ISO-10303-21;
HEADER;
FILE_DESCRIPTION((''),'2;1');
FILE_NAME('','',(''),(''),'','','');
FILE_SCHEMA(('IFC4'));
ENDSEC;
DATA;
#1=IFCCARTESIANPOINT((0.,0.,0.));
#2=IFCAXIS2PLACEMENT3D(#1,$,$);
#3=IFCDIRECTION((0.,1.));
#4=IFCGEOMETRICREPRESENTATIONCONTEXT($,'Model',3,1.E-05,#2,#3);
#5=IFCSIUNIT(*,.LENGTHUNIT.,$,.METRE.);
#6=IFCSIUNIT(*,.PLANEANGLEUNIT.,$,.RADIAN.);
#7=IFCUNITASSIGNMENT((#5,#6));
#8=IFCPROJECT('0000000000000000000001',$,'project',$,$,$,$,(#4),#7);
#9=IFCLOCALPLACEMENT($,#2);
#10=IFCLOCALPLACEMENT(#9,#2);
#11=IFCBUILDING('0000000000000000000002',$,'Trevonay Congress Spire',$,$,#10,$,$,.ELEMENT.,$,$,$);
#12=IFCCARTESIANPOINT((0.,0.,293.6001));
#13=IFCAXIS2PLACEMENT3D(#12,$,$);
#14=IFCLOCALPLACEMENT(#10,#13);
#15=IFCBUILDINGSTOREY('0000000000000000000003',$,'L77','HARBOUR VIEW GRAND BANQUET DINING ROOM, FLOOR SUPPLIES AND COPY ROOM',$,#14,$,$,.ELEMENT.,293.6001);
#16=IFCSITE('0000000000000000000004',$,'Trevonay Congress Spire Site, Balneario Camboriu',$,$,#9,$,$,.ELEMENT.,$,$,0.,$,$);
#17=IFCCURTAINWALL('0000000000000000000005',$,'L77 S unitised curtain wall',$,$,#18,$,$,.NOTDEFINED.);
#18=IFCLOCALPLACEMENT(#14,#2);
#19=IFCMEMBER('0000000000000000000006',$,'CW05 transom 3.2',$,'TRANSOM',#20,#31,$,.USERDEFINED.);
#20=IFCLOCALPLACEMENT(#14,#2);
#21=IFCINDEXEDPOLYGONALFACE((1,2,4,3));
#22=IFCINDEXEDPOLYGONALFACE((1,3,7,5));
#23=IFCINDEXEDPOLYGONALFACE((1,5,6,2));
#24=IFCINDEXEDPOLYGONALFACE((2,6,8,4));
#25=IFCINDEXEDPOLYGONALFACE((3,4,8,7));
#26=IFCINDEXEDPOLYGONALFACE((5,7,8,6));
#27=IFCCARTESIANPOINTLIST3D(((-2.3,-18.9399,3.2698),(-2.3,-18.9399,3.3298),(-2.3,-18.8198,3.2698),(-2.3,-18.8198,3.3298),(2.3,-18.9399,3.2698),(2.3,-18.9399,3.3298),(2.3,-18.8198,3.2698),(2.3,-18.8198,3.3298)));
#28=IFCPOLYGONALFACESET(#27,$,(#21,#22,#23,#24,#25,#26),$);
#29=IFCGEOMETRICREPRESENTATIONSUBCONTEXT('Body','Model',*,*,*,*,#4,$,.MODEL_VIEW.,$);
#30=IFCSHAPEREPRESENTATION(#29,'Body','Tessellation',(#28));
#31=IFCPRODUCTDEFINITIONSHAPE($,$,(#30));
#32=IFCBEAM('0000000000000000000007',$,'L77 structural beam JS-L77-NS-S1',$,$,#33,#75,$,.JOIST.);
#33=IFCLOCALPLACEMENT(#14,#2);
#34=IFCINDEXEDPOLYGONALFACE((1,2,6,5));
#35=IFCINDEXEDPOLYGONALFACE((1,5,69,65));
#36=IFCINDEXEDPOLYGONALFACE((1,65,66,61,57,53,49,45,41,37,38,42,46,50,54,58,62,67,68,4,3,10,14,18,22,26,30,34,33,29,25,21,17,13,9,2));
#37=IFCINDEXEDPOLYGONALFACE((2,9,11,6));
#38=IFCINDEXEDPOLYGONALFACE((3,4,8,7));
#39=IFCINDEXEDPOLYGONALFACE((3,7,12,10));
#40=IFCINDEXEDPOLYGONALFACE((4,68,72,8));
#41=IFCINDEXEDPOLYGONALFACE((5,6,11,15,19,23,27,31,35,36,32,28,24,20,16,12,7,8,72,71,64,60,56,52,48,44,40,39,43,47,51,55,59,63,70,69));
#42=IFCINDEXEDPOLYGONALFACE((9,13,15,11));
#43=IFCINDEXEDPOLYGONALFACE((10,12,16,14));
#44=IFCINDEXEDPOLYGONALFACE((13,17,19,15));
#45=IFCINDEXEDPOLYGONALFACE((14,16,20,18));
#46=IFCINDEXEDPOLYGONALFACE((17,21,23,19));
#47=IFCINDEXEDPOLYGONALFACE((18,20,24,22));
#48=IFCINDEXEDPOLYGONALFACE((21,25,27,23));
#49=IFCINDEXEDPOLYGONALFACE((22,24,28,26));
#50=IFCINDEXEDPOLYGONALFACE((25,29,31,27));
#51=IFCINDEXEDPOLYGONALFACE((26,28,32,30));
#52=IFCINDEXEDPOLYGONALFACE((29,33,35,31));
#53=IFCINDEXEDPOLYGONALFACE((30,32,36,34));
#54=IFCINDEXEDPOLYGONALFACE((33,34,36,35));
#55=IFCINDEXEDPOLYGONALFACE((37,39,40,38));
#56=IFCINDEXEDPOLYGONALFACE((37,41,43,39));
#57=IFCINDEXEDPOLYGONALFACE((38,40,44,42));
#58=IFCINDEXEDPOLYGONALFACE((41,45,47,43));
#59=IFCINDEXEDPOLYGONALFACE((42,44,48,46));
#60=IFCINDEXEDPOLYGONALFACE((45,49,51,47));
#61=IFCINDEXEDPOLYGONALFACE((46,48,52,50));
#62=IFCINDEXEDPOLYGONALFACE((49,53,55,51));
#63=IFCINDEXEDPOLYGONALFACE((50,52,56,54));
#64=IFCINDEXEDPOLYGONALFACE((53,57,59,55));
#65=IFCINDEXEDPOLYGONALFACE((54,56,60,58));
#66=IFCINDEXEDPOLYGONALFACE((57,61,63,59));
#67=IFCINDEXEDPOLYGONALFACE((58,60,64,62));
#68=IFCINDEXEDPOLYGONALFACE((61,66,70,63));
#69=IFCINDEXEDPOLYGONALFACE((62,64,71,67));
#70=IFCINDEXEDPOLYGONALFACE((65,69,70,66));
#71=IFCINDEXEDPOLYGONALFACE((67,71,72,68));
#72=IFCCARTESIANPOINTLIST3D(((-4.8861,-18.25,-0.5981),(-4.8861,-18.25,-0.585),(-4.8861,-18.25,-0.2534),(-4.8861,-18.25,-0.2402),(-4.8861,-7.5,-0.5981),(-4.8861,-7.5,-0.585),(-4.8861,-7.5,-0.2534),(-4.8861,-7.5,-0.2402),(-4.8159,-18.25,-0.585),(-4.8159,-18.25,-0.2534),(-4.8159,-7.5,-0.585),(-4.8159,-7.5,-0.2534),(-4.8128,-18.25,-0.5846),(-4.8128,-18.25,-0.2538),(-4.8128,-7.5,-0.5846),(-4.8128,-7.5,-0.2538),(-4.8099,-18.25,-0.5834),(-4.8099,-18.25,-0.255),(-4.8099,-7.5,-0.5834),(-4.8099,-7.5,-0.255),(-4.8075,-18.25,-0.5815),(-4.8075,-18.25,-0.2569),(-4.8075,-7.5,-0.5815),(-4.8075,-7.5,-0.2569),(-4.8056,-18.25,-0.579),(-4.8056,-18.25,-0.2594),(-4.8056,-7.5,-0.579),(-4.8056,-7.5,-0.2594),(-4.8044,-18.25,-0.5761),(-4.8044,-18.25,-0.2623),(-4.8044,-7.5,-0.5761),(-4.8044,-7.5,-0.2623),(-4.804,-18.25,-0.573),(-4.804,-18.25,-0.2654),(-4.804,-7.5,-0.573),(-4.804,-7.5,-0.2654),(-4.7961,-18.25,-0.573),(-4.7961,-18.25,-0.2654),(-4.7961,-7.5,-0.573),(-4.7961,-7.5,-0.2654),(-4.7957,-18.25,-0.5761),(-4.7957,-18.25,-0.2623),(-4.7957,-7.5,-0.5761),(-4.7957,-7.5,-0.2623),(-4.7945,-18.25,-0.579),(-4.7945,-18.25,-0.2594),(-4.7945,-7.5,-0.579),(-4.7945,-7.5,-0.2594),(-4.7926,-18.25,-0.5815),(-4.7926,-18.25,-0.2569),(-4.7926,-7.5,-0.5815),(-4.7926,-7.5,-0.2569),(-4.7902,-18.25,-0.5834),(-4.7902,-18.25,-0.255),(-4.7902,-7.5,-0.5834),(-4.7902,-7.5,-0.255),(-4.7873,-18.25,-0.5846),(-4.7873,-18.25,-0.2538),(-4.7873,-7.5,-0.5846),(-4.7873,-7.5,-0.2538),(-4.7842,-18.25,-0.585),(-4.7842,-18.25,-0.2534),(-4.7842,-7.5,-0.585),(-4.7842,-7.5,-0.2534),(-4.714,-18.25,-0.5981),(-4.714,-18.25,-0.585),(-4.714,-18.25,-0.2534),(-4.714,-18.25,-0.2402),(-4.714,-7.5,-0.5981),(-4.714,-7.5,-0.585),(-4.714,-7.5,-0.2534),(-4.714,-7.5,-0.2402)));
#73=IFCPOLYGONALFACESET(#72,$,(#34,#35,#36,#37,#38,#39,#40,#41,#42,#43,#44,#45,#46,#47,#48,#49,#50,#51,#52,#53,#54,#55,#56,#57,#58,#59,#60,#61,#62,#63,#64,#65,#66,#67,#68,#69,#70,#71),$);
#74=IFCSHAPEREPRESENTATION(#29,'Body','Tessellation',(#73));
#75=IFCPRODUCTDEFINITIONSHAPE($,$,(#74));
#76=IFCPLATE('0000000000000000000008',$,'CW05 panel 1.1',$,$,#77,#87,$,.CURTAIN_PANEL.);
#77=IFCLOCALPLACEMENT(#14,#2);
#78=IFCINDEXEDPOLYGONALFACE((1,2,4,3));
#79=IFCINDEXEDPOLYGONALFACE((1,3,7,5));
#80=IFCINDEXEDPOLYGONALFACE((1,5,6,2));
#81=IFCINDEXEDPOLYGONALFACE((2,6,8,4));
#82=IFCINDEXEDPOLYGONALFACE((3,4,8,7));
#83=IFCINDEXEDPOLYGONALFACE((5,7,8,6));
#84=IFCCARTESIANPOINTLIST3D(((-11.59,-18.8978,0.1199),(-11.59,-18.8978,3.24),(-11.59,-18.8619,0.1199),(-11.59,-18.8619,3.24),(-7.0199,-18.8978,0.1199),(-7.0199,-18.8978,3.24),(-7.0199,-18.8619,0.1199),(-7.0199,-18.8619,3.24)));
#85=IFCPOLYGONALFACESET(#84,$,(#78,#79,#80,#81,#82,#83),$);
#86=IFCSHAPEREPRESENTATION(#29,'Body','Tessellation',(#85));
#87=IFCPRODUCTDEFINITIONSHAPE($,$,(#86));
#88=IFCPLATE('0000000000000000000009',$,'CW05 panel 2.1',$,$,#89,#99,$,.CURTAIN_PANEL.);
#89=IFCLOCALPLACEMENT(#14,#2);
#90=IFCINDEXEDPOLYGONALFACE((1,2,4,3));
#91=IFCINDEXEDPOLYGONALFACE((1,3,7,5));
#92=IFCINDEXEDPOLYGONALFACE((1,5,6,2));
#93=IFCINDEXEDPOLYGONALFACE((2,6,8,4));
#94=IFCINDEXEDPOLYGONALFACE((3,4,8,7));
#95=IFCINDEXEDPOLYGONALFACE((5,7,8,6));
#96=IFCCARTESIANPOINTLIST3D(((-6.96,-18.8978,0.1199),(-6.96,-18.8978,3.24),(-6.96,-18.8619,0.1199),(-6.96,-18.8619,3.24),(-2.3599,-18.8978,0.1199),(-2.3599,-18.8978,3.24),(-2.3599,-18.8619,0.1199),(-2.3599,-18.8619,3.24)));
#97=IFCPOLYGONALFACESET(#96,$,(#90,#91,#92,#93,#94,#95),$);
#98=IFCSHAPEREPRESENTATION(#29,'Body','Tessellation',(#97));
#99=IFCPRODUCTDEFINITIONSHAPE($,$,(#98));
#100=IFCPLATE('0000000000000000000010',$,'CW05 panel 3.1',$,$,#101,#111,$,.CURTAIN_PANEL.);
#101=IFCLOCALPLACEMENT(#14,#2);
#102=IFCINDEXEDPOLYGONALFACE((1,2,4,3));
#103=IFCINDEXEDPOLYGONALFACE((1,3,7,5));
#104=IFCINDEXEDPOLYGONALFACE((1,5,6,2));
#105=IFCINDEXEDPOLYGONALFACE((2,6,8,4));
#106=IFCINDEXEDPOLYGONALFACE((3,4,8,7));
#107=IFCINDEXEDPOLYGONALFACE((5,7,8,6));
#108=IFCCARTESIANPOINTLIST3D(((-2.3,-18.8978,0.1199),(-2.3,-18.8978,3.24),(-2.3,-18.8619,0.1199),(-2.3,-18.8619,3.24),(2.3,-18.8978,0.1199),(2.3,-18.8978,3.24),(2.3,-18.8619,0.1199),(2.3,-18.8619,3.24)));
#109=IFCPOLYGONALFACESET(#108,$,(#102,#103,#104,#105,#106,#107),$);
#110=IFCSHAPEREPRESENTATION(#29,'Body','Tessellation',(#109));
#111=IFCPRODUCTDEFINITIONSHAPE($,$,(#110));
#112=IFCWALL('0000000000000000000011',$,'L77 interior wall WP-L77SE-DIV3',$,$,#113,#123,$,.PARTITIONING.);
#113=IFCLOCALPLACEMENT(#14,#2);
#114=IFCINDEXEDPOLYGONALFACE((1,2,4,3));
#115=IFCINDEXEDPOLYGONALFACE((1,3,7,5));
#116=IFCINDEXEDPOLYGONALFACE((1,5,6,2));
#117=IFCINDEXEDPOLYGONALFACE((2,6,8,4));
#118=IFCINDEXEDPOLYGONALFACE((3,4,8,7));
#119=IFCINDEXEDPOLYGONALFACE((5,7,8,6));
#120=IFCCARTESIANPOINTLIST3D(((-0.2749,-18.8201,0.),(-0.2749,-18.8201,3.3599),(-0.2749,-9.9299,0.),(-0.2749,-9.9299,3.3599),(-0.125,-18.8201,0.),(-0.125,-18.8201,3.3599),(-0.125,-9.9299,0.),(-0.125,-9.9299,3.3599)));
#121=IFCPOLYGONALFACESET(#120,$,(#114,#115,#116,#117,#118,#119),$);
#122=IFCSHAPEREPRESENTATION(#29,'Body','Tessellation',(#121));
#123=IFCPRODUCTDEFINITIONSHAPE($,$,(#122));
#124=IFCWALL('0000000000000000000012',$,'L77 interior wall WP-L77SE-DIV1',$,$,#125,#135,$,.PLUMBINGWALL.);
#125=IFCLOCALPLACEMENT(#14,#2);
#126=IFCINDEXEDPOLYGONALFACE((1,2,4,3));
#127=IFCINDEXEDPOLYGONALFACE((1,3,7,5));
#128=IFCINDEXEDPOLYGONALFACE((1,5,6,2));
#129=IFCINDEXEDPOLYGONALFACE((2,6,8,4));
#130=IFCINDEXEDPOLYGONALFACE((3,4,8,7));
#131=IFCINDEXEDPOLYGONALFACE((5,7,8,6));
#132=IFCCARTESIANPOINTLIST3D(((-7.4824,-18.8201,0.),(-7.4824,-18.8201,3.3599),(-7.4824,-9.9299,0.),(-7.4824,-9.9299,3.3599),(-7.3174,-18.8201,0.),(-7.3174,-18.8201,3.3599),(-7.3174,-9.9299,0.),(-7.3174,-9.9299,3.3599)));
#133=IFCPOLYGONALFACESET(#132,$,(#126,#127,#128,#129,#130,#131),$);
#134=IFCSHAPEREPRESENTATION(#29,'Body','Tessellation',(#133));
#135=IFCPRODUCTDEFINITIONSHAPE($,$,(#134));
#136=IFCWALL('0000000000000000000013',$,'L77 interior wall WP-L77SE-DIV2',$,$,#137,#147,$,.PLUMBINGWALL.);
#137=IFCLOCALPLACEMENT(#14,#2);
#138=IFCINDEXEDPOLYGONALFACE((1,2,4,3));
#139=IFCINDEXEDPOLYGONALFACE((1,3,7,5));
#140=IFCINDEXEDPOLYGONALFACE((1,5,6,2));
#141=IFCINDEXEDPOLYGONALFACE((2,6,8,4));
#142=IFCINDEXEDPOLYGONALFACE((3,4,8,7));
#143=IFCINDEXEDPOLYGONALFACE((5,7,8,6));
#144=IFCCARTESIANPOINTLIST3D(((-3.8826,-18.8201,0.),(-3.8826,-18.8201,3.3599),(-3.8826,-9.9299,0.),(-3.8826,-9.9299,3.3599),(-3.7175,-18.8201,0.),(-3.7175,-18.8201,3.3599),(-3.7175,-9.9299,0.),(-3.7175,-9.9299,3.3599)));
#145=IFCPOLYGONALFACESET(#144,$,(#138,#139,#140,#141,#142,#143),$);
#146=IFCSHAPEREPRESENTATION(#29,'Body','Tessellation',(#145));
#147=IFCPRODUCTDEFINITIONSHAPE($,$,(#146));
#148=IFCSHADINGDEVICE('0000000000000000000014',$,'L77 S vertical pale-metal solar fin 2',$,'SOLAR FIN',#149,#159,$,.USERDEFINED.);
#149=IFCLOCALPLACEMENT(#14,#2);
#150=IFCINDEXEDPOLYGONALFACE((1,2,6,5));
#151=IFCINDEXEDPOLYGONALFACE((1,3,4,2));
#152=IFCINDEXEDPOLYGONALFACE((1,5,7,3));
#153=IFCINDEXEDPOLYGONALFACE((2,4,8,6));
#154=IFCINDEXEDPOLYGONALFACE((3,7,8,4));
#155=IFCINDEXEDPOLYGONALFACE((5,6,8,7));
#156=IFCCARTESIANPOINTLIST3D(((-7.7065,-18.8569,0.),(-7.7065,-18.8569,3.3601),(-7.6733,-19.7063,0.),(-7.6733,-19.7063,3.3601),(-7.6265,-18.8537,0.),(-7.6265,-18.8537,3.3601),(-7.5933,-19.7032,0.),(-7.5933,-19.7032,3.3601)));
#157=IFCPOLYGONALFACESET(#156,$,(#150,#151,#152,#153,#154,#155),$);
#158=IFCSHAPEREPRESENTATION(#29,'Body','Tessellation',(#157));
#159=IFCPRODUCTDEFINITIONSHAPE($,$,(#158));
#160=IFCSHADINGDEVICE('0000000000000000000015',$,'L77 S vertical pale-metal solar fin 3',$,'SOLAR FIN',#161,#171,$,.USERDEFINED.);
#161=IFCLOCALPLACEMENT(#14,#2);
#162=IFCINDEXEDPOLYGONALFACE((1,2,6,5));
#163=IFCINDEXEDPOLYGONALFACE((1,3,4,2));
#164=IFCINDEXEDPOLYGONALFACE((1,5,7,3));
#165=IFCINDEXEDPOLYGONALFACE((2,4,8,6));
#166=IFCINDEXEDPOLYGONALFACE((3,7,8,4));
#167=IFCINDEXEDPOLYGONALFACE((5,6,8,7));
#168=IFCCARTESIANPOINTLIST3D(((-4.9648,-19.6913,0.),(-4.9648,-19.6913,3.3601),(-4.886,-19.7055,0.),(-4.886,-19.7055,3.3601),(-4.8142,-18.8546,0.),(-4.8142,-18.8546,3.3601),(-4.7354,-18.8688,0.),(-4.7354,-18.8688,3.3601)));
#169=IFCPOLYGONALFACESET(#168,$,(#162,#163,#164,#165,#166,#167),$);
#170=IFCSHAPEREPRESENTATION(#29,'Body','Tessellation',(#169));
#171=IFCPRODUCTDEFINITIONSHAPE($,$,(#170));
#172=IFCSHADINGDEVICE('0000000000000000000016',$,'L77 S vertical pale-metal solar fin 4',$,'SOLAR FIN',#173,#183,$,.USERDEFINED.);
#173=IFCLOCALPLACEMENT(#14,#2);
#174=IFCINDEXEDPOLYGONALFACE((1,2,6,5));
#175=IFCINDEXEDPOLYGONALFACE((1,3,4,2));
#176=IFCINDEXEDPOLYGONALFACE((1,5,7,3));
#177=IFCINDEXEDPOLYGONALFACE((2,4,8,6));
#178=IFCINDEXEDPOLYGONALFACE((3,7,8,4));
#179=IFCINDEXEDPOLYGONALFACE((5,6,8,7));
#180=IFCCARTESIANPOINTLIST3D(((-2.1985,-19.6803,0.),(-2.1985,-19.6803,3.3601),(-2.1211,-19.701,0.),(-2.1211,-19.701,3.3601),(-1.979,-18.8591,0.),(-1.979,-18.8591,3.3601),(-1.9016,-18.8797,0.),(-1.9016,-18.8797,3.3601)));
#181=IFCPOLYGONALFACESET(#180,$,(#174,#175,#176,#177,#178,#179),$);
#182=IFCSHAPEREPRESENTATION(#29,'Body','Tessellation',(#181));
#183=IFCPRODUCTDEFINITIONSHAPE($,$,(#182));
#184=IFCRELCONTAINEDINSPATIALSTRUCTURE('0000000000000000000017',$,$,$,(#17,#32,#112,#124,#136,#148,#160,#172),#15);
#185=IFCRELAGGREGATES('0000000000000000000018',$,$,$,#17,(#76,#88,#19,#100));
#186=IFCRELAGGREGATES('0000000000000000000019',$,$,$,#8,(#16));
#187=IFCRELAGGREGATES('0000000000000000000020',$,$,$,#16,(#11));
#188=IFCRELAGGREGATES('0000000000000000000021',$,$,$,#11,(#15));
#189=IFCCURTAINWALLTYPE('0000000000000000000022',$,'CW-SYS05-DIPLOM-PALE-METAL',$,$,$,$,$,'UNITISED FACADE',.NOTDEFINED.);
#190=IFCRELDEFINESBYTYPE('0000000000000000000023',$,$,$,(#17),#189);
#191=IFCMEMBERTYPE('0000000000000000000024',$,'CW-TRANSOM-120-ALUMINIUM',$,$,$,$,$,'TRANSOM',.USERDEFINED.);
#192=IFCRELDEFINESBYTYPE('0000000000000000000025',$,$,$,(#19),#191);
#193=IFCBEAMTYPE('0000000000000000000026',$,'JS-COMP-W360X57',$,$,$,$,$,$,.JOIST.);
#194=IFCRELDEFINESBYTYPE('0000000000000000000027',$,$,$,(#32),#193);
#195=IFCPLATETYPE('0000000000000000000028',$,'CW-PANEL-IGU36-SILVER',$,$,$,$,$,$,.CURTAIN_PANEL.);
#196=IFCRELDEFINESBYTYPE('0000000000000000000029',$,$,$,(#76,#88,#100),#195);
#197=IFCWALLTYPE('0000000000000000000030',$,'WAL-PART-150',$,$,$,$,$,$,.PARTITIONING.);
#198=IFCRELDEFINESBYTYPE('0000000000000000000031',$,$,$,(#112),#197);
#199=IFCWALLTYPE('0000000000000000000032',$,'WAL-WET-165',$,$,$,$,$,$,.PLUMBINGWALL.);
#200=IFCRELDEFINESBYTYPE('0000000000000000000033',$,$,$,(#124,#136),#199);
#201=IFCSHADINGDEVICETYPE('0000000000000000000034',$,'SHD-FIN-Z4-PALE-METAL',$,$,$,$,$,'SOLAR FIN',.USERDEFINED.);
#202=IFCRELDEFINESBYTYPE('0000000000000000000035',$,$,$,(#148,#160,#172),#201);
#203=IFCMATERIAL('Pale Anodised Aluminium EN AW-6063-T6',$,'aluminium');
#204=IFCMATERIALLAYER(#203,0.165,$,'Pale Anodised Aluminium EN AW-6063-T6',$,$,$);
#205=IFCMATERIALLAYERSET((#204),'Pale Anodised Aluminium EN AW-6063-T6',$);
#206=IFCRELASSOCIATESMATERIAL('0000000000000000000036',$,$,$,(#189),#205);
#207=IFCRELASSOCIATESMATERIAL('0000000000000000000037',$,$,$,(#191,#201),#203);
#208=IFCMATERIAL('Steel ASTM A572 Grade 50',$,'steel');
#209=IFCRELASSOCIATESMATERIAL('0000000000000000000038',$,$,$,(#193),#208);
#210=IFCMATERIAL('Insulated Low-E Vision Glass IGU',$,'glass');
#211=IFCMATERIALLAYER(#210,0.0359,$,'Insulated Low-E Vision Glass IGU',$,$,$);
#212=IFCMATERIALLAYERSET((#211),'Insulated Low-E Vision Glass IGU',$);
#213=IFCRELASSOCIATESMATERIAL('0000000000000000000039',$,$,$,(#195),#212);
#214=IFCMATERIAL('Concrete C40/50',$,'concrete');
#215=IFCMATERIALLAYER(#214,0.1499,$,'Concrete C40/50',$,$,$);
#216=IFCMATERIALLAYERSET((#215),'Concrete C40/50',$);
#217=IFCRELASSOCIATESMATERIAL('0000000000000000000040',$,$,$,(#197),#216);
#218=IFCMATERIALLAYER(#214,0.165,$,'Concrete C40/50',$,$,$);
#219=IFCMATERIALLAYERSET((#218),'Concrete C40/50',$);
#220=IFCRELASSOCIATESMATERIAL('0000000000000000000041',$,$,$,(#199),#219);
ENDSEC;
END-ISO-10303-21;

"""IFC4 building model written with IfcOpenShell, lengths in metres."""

from ifc_helpers import new_model, si_unit, direction, frame, frame_2d, origin, origin_2d, place, context, subcontext, project, spatial, rectangle, i_section, extrude, material, layer, layer_set, material_profile, profile_set, type_object, element, aggregate, save


model = new_model("IFC4")

# Units and contexts
model_context = context("Model", 3, precision=1e-05, world=origin(), true_north=direction((0.0, 1.0)))
body_context = subcontext(model_context, "Body", "Model", "MODEL_VIEW")
ifc_project = project(units=[si_unit("LENGTHUNIT", "METRE"), si_unit("PLANEANGLEUNIT", "RADIAN")], contexts=[model_context])

# Site, building, storey
site_placement = place(None, origin())
site = spatial("IfcSite", under=ifc_project, at=site_placement, Name="Trevonay Congress Spire Site, Balneario Camboriu", CompositionType="ELEMENT", RefElevation=0.0)
building_placement = place(site_placement, origin())
building = spatial("IfcBuilding", under=site, at=building_placement, Name="Trevonay Congress Spire", CompositionType="ELEMENT")
storey_placement = place(building_placement, frame((0.0, 0.0, 293.6001)))
storey = spatial("IfcBuildingStorey", under=building, at=storey_placement, Name="L77", Description="HARBOUR VIEW GRAND BANQUET DINING ROOM, FLOOR SUPPLIES AND COPY ROOM", CompositionType="ELEMENT", Elevation=293.6001)

# Shared definitions
ifc_material_1 = material(Name="Steel ASTM A572 Grade 50", Category="steel")

# Curtain wall, member
ifc_material_2 = material(Name="Pale Anodised Aluminium EN AW-6063-T6", Category="aluminium")
ifc_layer_1 = layer(ifc_material_2, 0.165, Name="Pale Anodised Aluminium EN AW-6063-T6")
ifc_layer_set_1 = layer_set([ifc_layer_1], Name="Pale Anodised Aluminium EN AW-6063-T6")
curtain_wall_type = type_object("IfcCurtainWallType", Name="CW-SYS05-DIPLOM-PALE-METAL", ElementType="UNITISED FACADE", PredefinedType="NOTDEFINED", material=ifc_layer_set_1)
curtain_wall_placement = place(storey_placement, origin())
curtain_wall = element("IfcCurtainWall", 1, at=curtain_wall_placement, inside=storey, type_object=curtain_wall_type, Name="L77 S unitised curtain wall", PredefinedType="NOTDEFINED")
ifc_material_profile_1 = material_profile(ifc_material_2, rectangle(XDim=0.1201, YDim=0.0601, at=origin_2d()), Name="CW-TRANSOM-120-ALUMINIUM")
ifc_profile_set_1 = profile_set([ifc_material_profile_1], Name="Pale Anodised Aluminium EN AW-6063-T6")
member_type_1 = type_object("IfcMemberType", Name="CW-TRANSOM-120-ALUMINIUM", ElementType="TRANSOM", PredefinedType="USERDEFINED", material=ifc_profile_set_1)
member_1_placement = place(storey_placement, frame((-2.3, -18.8799, 3.2998), z_axis=(1.0, 0.0, 0.0), x_axis=(0.0, 1.0, 0.0)))
member_1 = element("IfcMember", 2, at=member_1_placement, type_object=member_type_1, Name="CW05 transom 3.2", ObjectType="TRANSOM", PredefinedType="USERDEFINED", context=body_context, shape_type="SweptSolid", body=[
    extrude(rectangle(XDim=0.1201, YDim=0.0601, at=origin_2d()), origin(), (0.0, 0.0, 1.0), 4.6001),
])

# Beam
ifc_material_profile_2 = material_profile(ifc_material_1, i_section(OverallWidth=0.1721, OverallDepth=0.3579, WebThickness=0.0078, FlangeThickness=0.0132, FilletRadius=0.012, at=origin_2d()), Name="W360x57.8")
ifc_profile_set_2 = profile_set([ifc_material_profile_2], Name="Steel ASTM A572 Grade 50")
beam_type_1 = type_object("IfcBeamType", Name="JS-COMP-W360X57", PredefinedType="JOIST", material=ifc_profile_set_2)
beam_placement = place(storey_placement, frame((-4.8, -18.25, -0.4192), z_axis=(0.0, 1.0, 0.0), x_axis=(-1.0, 0.0, 0.0)))
element("IfcBeam", 3, at=beam_placement, inside=storey, type_object=beam_type_1, Name="L77 structural beam JS-L77-NS-S1", PredefinedType="JOIST", context=body_context, shape_type="SweptSolid", body=[
    extrude(i_section(OverallWidth=0.1721, OverallDepth=0.3579, WebThickness=0.0078, FlangeThickness=0.0132, FilletRadius=0.012, at=origin_2d()), origin(), (0.0, 0.0, 1.0), 10.75),
])

# Plates
ifc_material_3 = material(Name="Insulated Low-E Vision Glass IGU", Category="glass")
ifc_layer_2 = layer(ifc_material_3, 0.0359, Name="Insulated Low-E Vision Glass IGU")
ifc_layer_set_2 = layer_set([ifc_layer_2], Name="Insulated Low-E Vision Glass IGU")
plate_type = type_object("IfcPlateType", Name="CW-PANEL-IGU36-SILVER", PredefinedType="CURTAIN_PANEL", material=ifc_layer_set_2)
plate_1_placement = place(storey_placement, frame((-9.3049, -18.8799, 0.1199), z_axis=(0.0, 0.0, 1.0), x_axis=(1.0, 0.0, 0.0)))
plate_1 = element("IfcPlate", 4, at=plate_1_placement, type_object=plate_type, Name="CW05 panel 1.1", PredefinedType="CURTAIN_PANEL", context=body_context, shape_type="SweptSolid", body=[
    extrude(rectangle(XDim=4.5701, YDim=0.0359, at=origin_2d()), origin(), (0.0, 0.0, 1.0), 3.1201),
])
plate_2_placement = place(storey_placement, frame((-4.6599, -18.8799, 0.1199), z_axis=(0.0, 0.0, 1.0), x_axis=(1.0, 0.0, 0.0)))
plate_2 = element("IfcPlate", 5, at=plate_2_placement, type_object=plate_type, Name="CW05 panel 2.1", PredefinedType="CURTAIN_PANEL", context=body_context, shape_type="SweptSolid", body=[
    extrude(rectangle(XDim=4.6001, YDim=0.0359, at=origin_2d()), origin(), (0.0, 0.0, 1.0), 3.1201),
])
plate_3_placement = place(storey_placement, frame((0.0, -18.8799, 0.1199), z_axis=(0.0, 0.0, 1.0), x_axis=(1.0, 0.0, 0.0)))
plate_3 = element("IfcPlate", 6, at=plate_3_placement, type_object=plate_type, Name="CW05 panel 3.1", PredefinedType="CURTAIN_PANEL", context=body_context, shape_type="SweptSolid", body=[
    extrude(rectangle(XDim=4.6001, YDim=0.0359, at=origin_2d()), origin(), (0.0, 0.0, 1.0), 3.1201),
])
aggregate(curtain_wall, [plate_1, plate_2, member_1, plate_3])

# Walls
ifc_material_4 = material(Name="Concrete C40/50", Category="concrete")
ifc_layer_3 = layer(ifc_material_4, 0.1499, Name="Concrete C40/50")
ifc_layer_set_3 = layer_set([ifc_layer_3], Name="Concrete C40/50")
wall_type_1 = type_object("IfcWallType", Name="WAL-PART-150", PredefinedType="PARTITIONING", material=ifc_layer_set_3)
wall_placement = place(storey_placement, frame((-0.2, -18.8201, 0.0), z_axis=(0.0, 0.0, 1.0), x_axis=(0.0, 1.0, 0.0)))
element("IfcWall", 7, at=wall_placement, inside=storey, type_object=wall_type_1, Name="L77 interior wall WP-L77SE-DIV3", PredefinedType="PARTITIONING", context=body_context, shape_type="SweptSolid", body=[
    extrude(rectangle(XDim=8.8901, YDim=0.1499, at=frame_2d((4.4451, 0.0))), origin(), (0.0, 0.0, 1.0), 3.3599),
])
ifc_layer_4 = layer(ifc_material_4, 0.165, Name="Concrete C40/50")
ifc_layer_set_4 = layer_set([ifc_layer_4], Name="Concrete C40/50")
wall_type_2 = type_object("IfcWallType", Name="WAL-WET-165", PredefinedType="PLUMBINGWALL", material=ifc_layer_set_4)
for number, where, z_axis, x_axis, name in (
    (8, (-7.3999, -18.8201, 0.0), (0.0, 0.0, 1.0), (0.0, 1.0, 0.0), "L77 interior wall WP-L77SE-DIV1"),
    (9, (-3.8, -18.8201, 0.0), (0.0, 0.0, 1.0), (0.0, 1.0, 0.0), "L77 interior wall WP-L77SE-DIV2"),
):
    element("IfcWall", number, at=place(storey_placement, frame(where, z_axis=z_axis, x_axis=x_axis)), inside=storey, type_object=wall_type_2, Name=name, PredefinedType="PLUMBINGWALL", context=body_context, shape_type="SweptSolid", body=[
        extrude(rectangle(XDim=8.8901, YDim=0.165, at=frame_2d((4.4451, 0.0))), origin(), (0.0, 0.0, 1.0), 3.3599),
    ])

# Shading devices
shading_device_type = type_object("IfcShadingDeviceType", Name="SHD-FIN-Z4-PALE-METAL", ElementType="SOLAR FIN", PredefinedType="USERDEFINED", material=ifc_material_2)
for number, where, z_axis, x_axis, name in (
    (10, (-7.6499, -19.28, 0.0), (0.0, 0.0, 1.0), (0.999236, 0.039085, 0.0), "L77 S vertical pale-metal solar fin 2"),
    (11, (-4.8501, -19.28, 0.0), (0.0, 0.0, 1.0), (0.984196, -0.177085, 0.0), "L77 S vertical pale-metal solar fin 3"),
    (12, (-2.05, -19.28, 0.0), (0.0, 0.0, 1.0), (0.966106, -0.258145, 0.0), "L77 S vertical pale-metal solar fin 4"),
):
    element("IfcShadingDevice", number, at=place(storey_placement, frame(where, z_axis=z_axis, x_axis=x_axis)), inside=storey, type_object=shading_device_type, Name=name, ObjectType="SOLAR FIN", PredefinedType="USERDEFINED", context=body_context, shape_type="SweptSolid", body=[
        extrude(rectangle(XDim=0.0801, YDim=0.8501, at=origin_2d()), origin(), (0.0, 0.0, 1.0), 3.3601),
    ])

save(model, "model.ifc")
